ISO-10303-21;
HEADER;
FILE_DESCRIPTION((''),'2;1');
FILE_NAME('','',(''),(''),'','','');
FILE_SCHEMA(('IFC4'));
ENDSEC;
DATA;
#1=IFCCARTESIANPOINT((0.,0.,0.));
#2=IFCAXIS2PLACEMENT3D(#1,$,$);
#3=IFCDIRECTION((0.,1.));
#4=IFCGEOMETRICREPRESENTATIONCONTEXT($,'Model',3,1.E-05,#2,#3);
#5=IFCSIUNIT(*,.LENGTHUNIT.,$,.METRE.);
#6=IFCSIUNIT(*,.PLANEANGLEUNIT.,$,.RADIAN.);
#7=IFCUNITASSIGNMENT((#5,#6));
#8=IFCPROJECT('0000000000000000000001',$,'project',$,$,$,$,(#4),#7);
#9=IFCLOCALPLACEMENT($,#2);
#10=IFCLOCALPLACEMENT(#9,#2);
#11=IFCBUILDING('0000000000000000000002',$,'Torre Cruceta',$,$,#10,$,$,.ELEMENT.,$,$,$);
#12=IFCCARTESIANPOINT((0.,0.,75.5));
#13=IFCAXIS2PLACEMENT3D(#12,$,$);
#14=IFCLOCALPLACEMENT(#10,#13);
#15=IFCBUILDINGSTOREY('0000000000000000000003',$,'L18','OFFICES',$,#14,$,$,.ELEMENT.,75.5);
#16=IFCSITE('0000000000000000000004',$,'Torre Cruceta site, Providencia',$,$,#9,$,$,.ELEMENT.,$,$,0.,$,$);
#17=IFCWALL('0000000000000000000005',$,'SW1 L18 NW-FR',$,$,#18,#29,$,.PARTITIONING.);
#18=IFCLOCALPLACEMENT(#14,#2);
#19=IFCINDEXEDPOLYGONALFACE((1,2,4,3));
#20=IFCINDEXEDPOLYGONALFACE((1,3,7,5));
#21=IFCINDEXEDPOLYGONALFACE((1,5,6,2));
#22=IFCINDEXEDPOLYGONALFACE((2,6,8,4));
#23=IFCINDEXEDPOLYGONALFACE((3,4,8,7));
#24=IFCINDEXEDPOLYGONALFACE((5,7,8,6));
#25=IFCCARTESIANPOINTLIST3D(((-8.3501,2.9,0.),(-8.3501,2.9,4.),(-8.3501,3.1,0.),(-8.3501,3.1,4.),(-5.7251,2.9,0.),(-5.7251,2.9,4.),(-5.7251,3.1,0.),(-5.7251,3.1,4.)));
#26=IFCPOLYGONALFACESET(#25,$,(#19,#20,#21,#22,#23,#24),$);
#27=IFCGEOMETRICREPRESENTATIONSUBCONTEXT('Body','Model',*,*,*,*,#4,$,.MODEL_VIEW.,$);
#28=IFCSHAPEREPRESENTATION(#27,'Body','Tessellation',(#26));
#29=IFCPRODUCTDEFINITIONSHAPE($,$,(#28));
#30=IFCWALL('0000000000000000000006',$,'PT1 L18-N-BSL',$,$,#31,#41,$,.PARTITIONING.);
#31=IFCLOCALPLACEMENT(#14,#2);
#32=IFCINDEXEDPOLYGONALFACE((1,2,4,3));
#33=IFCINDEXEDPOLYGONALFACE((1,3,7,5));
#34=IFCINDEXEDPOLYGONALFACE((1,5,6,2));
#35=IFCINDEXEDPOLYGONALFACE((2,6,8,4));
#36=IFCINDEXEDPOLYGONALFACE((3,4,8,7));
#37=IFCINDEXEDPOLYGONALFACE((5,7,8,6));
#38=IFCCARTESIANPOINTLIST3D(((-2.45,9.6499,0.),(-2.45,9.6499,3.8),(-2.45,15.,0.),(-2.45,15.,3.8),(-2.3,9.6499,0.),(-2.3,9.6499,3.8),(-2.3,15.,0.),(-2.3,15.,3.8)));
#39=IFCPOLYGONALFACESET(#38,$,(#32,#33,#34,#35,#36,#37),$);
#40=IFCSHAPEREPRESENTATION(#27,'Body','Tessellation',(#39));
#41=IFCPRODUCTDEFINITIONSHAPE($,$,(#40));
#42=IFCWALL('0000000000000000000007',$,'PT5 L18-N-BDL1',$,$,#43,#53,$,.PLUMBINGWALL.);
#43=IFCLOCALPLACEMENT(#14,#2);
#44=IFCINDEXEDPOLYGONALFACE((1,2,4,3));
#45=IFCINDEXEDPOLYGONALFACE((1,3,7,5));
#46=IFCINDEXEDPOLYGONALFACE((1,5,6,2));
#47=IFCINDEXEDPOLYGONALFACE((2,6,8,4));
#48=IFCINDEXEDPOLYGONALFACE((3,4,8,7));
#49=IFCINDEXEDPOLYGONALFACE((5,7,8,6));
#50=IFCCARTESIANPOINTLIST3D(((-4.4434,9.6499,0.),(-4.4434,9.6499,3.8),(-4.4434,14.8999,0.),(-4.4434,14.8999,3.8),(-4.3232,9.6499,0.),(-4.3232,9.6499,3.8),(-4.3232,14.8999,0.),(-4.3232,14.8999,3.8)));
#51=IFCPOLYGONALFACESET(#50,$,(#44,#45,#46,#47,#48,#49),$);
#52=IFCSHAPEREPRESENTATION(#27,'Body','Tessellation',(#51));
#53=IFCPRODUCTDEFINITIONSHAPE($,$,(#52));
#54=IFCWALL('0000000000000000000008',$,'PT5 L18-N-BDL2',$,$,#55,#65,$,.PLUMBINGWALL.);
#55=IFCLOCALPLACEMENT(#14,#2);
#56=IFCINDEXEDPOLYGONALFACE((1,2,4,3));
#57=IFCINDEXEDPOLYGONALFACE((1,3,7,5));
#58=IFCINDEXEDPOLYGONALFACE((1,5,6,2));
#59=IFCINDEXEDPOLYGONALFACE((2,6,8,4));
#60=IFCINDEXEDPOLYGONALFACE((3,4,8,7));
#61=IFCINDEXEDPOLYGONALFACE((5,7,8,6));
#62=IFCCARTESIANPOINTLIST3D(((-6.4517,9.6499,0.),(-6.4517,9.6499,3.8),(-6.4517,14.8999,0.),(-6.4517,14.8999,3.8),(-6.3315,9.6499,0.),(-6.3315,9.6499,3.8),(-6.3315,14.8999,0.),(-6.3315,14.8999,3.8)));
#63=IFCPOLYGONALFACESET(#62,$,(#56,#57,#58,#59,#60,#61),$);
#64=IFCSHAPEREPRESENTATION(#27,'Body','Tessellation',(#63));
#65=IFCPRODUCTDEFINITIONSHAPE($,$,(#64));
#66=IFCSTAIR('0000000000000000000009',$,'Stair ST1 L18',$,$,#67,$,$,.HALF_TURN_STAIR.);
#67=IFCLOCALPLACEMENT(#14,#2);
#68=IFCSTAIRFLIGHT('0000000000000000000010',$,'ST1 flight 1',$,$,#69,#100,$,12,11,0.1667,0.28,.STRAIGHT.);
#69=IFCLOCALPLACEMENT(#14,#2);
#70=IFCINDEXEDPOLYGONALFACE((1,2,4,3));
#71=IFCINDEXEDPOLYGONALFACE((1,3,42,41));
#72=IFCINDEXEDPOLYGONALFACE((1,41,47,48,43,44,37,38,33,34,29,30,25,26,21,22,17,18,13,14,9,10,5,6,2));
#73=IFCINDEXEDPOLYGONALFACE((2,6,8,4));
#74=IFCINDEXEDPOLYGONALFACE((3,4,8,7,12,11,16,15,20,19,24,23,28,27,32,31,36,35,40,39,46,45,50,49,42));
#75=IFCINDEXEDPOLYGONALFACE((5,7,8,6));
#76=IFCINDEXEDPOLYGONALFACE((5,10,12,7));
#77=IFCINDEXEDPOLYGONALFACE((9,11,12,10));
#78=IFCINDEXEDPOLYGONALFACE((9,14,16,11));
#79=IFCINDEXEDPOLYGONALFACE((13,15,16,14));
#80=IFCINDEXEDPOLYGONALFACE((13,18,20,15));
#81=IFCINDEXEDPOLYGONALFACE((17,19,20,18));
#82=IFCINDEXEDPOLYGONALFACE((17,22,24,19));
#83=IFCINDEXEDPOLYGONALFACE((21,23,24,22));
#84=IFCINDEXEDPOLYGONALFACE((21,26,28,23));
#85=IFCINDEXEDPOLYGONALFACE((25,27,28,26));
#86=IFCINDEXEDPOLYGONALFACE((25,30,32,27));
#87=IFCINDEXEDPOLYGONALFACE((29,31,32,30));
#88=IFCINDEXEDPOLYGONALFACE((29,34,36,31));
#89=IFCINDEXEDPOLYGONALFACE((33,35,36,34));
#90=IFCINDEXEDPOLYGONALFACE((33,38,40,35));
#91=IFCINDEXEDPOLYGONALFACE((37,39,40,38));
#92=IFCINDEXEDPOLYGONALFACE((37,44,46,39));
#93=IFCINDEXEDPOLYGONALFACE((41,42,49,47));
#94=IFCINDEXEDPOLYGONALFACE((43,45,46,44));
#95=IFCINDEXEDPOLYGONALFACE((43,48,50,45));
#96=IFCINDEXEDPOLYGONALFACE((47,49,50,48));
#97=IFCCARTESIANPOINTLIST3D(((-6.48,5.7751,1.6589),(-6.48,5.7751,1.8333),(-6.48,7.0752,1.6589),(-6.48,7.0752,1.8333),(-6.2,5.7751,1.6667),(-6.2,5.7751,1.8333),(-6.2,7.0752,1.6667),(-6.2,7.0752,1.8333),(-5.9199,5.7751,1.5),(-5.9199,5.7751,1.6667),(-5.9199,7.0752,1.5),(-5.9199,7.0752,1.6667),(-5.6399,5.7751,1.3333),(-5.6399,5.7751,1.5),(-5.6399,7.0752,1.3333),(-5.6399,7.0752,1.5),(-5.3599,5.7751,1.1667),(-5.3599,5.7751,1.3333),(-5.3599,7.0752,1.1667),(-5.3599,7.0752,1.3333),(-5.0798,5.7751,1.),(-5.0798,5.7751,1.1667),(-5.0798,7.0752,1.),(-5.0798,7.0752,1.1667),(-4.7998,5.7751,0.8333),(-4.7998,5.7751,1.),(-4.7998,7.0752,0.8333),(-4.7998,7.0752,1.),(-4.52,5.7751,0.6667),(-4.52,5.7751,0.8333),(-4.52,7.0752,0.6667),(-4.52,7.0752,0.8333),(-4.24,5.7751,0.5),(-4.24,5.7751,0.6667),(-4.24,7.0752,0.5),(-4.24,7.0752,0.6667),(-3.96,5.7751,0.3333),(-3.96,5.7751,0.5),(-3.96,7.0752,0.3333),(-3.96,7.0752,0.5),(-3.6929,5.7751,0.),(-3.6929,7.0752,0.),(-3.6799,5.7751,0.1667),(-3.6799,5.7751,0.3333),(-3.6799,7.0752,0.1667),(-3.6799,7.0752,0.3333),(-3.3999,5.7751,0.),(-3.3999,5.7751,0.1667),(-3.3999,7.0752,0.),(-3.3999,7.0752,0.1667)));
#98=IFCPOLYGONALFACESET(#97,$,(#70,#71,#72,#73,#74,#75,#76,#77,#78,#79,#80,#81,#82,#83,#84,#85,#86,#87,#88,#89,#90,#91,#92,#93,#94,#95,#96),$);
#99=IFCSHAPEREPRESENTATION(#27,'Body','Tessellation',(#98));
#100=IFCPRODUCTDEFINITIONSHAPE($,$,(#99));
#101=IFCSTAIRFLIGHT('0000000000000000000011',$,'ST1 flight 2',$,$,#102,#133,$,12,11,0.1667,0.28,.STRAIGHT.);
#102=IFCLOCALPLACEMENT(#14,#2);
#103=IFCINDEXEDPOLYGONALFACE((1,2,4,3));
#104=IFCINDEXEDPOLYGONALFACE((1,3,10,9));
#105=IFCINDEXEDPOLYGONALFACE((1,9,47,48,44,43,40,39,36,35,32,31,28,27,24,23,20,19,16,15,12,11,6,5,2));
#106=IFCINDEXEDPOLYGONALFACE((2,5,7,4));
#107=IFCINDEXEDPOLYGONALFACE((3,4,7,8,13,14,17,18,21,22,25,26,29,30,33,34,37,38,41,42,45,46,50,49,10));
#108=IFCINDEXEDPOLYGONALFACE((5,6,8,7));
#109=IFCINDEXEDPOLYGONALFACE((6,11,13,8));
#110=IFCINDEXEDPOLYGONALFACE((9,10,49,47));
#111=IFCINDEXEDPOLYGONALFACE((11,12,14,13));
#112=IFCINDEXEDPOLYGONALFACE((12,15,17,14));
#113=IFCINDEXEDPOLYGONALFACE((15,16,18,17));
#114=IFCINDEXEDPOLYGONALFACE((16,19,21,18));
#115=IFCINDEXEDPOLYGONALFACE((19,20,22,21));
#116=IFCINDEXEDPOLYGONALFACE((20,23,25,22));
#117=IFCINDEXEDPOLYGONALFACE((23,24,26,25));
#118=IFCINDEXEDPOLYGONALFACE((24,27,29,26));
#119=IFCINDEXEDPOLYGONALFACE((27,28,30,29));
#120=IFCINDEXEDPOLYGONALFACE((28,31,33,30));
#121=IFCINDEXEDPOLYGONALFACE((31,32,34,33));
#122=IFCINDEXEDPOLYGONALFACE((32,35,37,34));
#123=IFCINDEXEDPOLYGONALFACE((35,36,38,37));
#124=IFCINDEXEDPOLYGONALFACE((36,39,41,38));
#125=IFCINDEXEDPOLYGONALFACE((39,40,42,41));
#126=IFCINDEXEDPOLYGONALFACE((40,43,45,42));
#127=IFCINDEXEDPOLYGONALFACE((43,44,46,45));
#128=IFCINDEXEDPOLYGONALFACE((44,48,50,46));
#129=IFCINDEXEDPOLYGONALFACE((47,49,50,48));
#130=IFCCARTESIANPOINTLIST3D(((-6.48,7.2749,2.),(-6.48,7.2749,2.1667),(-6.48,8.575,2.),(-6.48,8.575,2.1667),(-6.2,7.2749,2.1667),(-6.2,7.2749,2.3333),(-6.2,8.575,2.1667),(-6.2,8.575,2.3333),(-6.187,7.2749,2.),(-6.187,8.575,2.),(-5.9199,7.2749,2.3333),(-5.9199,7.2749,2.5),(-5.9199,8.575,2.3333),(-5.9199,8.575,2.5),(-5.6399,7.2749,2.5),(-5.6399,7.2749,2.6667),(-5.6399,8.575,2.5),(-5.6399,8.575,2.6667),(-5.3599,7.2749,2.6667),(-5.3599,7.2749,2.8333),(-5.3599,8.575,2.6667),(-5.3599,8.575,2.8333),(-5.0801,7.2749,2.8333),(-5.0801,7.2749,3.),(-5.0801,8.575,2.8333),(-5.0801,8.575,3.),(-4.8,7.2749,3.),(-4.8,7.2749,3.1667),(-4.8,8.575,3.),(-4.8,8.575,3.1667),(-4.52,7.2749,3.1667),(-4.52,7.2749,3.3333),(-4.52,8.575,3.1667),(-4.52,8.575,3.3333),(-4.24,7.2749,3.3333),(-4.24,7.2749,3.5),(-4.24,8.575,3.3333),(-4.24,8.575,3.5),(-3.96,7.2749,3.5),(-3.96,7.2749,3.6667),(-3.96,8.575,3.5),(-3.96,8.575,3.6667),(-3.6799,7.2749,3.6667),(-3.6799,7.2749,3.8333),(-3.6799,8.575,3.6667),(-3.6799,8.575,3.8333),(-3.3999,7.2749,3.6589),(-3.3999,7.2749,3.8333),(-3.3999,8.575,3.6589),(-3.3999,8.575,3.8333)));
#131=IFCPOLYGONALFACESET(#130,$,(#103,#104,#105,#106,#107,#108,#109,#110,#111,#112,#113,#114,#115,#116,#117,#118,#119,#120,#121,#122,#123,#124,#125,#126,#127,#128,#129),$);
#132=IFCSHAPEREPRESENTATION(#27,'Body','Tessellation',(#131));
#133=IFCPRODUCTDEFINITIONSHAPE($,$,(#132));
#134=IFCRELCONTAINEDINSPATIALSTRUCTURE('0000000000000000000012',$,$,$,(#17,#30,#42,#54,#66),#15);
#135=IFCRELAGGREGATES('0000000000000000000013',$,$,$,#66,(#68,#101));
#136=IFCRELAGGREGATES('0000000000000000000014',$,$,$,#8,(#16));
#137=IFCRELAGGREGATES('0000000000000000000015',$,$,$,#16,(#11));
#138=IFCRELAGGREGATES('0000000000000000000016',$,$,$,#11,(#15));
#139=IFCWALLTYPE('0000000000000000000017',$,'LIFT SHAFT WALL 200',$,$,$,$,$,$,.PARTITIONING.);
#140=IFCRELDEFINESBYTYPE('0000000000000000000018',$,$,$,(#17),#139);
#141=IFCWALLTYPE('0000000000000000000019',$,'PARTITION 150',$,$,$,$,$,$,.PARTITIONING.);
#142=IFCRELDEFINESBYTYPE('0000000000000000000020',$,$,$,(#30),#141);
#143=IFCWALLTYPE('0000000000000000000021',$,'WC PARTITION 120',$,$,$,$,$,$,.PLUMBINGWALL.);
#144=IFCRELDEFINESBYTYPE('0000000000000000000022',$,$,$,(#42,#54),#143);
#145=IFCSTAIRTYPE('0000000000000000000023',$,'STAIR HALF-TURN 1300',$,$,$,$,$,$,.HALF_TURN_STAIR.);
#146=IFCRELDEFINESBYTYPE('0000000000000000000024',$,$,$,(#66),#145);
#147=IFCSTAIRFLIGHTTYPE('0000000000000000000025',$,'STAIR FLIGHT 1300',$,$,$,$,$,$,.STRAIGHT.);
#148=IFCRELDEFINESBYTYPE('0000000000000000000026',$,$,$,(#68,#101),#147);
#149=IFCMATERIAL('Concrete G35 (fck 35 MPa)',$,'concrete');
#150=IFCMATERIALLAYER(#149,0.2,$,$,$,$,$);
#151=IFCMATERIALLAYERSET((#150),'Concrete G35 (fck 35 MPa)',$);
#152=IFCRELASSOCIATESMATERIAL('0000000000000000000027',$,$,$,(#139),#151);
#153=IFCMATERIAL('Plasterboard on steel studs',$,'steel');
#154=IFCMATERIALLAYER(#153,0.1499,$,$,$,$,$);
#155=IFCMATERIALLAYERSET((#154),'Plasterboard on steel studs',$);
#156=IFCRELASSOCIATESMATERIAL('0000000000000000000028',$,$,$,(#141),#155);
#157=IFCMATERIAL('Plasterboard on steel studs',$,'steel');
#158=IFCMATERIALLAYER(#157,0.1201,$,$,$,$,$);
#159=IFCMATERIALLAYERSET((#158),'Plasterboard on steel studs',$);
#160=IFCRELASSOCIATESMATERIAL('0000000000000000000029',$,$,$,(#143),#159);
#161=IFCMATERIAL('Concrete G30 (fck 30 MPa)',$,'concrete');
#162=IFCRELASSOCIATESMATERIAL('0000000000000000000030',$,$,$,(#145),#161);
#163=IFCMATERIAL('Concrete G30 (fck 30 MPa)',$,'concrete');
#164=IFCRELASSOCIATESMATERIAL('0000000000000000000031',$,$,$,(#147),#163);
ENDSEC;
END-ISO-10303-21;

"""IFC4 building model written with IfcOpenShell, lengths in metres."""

from ifc_helpers import new_model, si_unit, direction, frame, frame_2d, origin, place, context, subcontext, project, spatial, polyline, rectangle, outline, extrude, material, layer, layer_set, type_object, element, aggregate, save


model = new_model("IFC4")

# Units and contexts
model_context = context("Model", 3, precision=1e-05, world=origin(), true_north=direction((0.0, 1.0)))
body_context = subcontext(model_context, "Body", "Model", "MODEL_VIEW")
ifc_project = project(units=[si_unit("LENGTHUNIT", "METRE"), si_unit("PLANEANGLEUNIT", "RADIAN")], contexts=[model_context])

# Site, building, storey
site_placement = place(None, origin())
site = spatial("IfcSite", under=ifc_project, at=site_placement, Name="Torre Cruceta site, Providencia", CompositionType="ELEMENT", RefElevation=0.0)
building_placement = place(site_placement, origin())
building = spatial("IfcBuilding", under=site, at=building_placement, Name="Torre Cruceta", CompositionType="ELEMENT")
storey_placement = place(building_placement, frame((0.0, 0.0, 75.5)))
storey = spatial("IfcBuildingStorey", under=building, at=storey_placement, Name="L18", Description="OFFICES", CompositionType="ELEMENT", Elevation=75.5)

# Walls
ifc_material_1 = material(Name="Concrete G35 (fck 35 MPa)", Category="concrete")
ifc_layer_1 = layer(ifc_material_1, 0.2)
ifc_layer_set_1 = layer_set([ifc_layer_1], Name="Concrete G35 (fck 35 MPa)")
wall_type_1 = type_object("IfcWallType", Name="LIFT SHAFT WALL 200", PredefinedType="PARTITIONING", material=ifc_layer_set_1)
wall_1_placement = place(storey_placement, frame((-5.7251, 3.0, 0.0), z_axis=(0.0, 0.0, 1.0), x_axis=(-1.0, 0.0, 0.0)))
element("IfcWall", 1, at=wall_1_placement, inside=storey, type_object=wall_type_1, Name="SW1 L18 NW-FR", PredefinedType="PARTITIONING", context=body_context, shape_type="SweptSolid", body=[
    extrude(rectangle(XDim=2.625, YDim=0.2, at=frame_2d((1.3125, 0.0))), origin(), (0.0, 0.0, 1.0), 4.0),
])
ifc_material_2 = material(Name="Plasterboard on steel studs", Category="steel")
ifc_layer_2 = layer(ifc_material_2, 0.1499)
ifc_layer_set_2 = layer_set([ifc_layer_2], Name="Plasterboard on steel studs")
wall_type_2 = type_object("IfcWallType", Name="PARTITION 150", PredefinedType="PARTITIONING", material=ifc_layer_set_2)
wall_2_placement = place(storey_placement, frame((-2.375, 9.6499, 0.0), z_axis=(0.0, 0.0, 1.0), x_axis=(0.0, 1.0, 0.0)))
element("IfcWall", 2, at=wall_2_placement, inside=storey, type_object=wall_type_2, Name="PT1 L18-N-BSL", PredefinedType="PARTITIONING", context=body_context, shape_type="SweptSolid", body=[
    extrude(rectangle(XDim=5.3501, YDim=0.1499, at=frame_2d((2.675, 0.0))), origin(), (0.0, 0.0, 1.0), 3.8),
])
ifc_material_3 = material(Name="Plasterboard on steel studs", Category="steel")
ifc_layer_3 = layer(ifc_material_3, 0.1201)
ifc_layer_set_3 = layer_set([ifc_layer_3], Name="Plasterboard on steel studs")
wall_type_3 = type_object("IfcWallType", Name="WC PARTITION 120", PredefinedType="PLUMBINGWALL", material=ifc_layer_set_3)
for number, where, z_axis, x_axis, name in (
    (3, (-4.3833, 9.6499, 0.0), (0.0, 0.0, 1.0), (0.0, 1.0, 0.0), "PT5 L18-N-BDL1"),
    (4, (-6.3916, 9.6499, 0.0), (0.0, 0.0, 1.0), (0.0, 1.0, 0.0), "PT5 L18-N-BDL2"),
):
    element("IfcWall", number, at=place(storey_placement, frame(where, z_axis=z_axis, x_axis=x_axis)), inside=storey, type_object=wall_type_3, Name=name, PredefinedType="PLUMBINGWALL", context=body_context, shape_type="SweptSolid", body=[
        extrude(rectangle(XDim=5.25, YDim=0.1201, at=frame_2d((2.625, 0.0))), origin(), (0.0, 0.0, 1.0), 3.8),
    ])

# Stair, stair flights
ifc_material_4 = material(Name="Concrete G30 (fck 30 MPa)", Category="concrete")
stair_type = type_object("IfcStairType", Name="STAIR HALF-TURN 1300", PredefinedType="HALF_TURN_STAIR", material=ifc_material_4)
stair_placement = place(storey_placement, origin())
stair = element("IfcStair", 5, at=stair_placement, inside=storey, type_object=stair_type, Name="Stair ST1 L18", PredefinedType="HALF_TURN_STAIR")
ifc_material_5 = material(Name="Concrete G30 (fck 30 MPa)", Category="concrete")
stair_flight_type = type_object("IfcStairFlightType", Name="STAIR FLIGHT 1300", PredefinedType="STRAIGHT", material=ifc_material_5)
stair_flight_1_placement = place(storey_placement, frame((-3.3999, 6.425, 0.0), z_axis=(0.0, 0.0, 1.0), x_axis=(-1.0, 0.0, 0.0)))
stair_flight_1 = element("IfcStairFlight", 6, at=stair_flight_1_placement, type_object=stair_flight_type, Name="ST1 flight 1", NumberOfRisers=12, NumberOfTreads=11, PredefinedType="STRAIGHT", RiserHeight=0.1667, TreadLength=0.28, context=body_context, shape_type="SweptSolid", body=[
    extrude(outline(polyline([(0.0, 0.0), (0.0, 0.1667), (0.28, 0.1667), (0.28, 0.3333), (0.5601, 0.3333), (0.5601, 0.5), (0.8401, 0.5), (0.8401, 0.6667), (1.1201, 0.6667), (1.1201, 0.8333), (1.3999, 0.8333), (1.3999, 1.0), (1.6799, 1.0), (1.6799, 1.1667), (1.96, 1.1667), (1.96, 1.3333), (2.24, 1.3333), (2.24, 1.5), (2.52, 1.5), (2.52, 1.6667), (2.8, 1.6667), (2.8, 1.8333), (3.0801, 1.8333), (3.0801, 2.0), (3.0801, 1.6589), (0.293, 0.0), (0.0, 0.0)])), frame((0.0, 0.6499, 0.0), z_axis=(0.0, -1.0, 0.0), x_axis=(1.0, 0.0, 0.0)), (0.0, 0.0, 1.0), 1.3),
])
stair_flight_2_placement = place(storey_placement, frame((-6.48, 7.925, 2.0), z_axis=(0.0, 0.0, 1.0), x_axis=(1.0, 0.0, 0.0)))
stair_flight_2 = element("IfcStairFlight", 7, at=stair_flight_2_placement, type_object=stair_flight_type, Name="ST1 flight 2", NumberOfRisers=12, NumberOfTreads=11, PredefinedType="STRAIGHT", RiserHeight=0.1667, TreadLength=0.28, context=body_context, shape_type="SweptSolid", body=[
    extrude(outline(polyline([(0.0, 0.0), (0.0, 0.1667), (0.28, 0.1667), (0.28, 0.3333), (0.5601, 0.3333), (0.5601, 0.5), (0.8401, 0.5), (0.8401, 0.6667), (1.1201, 0.6667), (1.1201, 0.8333), (1.3999, 0.8333), (1.3999, 1.0), (1.6799, 1.0), (1.6799, 1.1667), (1.96, 1.1667), (1.96, 1.3333), (2.24, 1.3333), (2.24, 1.5), (2.52, 1.5), (2.52, 1.6667), (2.8, 1.6667), (2.8, 1.8333), (3.0801, 1.8333), (3.0801, 2.0), (3.0801, 1.6589), (0.293, 0.0), (0.0, 0.0)])), frame((0.0, 0.6499, 0.0), z_axis=(0.0, -1.0, 0.0), x_axis=(1.0, 0.0, 0.0)), (0.0, 0.0, 1.0), 1.3),
])
aggregate(stair, [stair_flight_1, stair_flight_2])

save(model, "model.ifc")
